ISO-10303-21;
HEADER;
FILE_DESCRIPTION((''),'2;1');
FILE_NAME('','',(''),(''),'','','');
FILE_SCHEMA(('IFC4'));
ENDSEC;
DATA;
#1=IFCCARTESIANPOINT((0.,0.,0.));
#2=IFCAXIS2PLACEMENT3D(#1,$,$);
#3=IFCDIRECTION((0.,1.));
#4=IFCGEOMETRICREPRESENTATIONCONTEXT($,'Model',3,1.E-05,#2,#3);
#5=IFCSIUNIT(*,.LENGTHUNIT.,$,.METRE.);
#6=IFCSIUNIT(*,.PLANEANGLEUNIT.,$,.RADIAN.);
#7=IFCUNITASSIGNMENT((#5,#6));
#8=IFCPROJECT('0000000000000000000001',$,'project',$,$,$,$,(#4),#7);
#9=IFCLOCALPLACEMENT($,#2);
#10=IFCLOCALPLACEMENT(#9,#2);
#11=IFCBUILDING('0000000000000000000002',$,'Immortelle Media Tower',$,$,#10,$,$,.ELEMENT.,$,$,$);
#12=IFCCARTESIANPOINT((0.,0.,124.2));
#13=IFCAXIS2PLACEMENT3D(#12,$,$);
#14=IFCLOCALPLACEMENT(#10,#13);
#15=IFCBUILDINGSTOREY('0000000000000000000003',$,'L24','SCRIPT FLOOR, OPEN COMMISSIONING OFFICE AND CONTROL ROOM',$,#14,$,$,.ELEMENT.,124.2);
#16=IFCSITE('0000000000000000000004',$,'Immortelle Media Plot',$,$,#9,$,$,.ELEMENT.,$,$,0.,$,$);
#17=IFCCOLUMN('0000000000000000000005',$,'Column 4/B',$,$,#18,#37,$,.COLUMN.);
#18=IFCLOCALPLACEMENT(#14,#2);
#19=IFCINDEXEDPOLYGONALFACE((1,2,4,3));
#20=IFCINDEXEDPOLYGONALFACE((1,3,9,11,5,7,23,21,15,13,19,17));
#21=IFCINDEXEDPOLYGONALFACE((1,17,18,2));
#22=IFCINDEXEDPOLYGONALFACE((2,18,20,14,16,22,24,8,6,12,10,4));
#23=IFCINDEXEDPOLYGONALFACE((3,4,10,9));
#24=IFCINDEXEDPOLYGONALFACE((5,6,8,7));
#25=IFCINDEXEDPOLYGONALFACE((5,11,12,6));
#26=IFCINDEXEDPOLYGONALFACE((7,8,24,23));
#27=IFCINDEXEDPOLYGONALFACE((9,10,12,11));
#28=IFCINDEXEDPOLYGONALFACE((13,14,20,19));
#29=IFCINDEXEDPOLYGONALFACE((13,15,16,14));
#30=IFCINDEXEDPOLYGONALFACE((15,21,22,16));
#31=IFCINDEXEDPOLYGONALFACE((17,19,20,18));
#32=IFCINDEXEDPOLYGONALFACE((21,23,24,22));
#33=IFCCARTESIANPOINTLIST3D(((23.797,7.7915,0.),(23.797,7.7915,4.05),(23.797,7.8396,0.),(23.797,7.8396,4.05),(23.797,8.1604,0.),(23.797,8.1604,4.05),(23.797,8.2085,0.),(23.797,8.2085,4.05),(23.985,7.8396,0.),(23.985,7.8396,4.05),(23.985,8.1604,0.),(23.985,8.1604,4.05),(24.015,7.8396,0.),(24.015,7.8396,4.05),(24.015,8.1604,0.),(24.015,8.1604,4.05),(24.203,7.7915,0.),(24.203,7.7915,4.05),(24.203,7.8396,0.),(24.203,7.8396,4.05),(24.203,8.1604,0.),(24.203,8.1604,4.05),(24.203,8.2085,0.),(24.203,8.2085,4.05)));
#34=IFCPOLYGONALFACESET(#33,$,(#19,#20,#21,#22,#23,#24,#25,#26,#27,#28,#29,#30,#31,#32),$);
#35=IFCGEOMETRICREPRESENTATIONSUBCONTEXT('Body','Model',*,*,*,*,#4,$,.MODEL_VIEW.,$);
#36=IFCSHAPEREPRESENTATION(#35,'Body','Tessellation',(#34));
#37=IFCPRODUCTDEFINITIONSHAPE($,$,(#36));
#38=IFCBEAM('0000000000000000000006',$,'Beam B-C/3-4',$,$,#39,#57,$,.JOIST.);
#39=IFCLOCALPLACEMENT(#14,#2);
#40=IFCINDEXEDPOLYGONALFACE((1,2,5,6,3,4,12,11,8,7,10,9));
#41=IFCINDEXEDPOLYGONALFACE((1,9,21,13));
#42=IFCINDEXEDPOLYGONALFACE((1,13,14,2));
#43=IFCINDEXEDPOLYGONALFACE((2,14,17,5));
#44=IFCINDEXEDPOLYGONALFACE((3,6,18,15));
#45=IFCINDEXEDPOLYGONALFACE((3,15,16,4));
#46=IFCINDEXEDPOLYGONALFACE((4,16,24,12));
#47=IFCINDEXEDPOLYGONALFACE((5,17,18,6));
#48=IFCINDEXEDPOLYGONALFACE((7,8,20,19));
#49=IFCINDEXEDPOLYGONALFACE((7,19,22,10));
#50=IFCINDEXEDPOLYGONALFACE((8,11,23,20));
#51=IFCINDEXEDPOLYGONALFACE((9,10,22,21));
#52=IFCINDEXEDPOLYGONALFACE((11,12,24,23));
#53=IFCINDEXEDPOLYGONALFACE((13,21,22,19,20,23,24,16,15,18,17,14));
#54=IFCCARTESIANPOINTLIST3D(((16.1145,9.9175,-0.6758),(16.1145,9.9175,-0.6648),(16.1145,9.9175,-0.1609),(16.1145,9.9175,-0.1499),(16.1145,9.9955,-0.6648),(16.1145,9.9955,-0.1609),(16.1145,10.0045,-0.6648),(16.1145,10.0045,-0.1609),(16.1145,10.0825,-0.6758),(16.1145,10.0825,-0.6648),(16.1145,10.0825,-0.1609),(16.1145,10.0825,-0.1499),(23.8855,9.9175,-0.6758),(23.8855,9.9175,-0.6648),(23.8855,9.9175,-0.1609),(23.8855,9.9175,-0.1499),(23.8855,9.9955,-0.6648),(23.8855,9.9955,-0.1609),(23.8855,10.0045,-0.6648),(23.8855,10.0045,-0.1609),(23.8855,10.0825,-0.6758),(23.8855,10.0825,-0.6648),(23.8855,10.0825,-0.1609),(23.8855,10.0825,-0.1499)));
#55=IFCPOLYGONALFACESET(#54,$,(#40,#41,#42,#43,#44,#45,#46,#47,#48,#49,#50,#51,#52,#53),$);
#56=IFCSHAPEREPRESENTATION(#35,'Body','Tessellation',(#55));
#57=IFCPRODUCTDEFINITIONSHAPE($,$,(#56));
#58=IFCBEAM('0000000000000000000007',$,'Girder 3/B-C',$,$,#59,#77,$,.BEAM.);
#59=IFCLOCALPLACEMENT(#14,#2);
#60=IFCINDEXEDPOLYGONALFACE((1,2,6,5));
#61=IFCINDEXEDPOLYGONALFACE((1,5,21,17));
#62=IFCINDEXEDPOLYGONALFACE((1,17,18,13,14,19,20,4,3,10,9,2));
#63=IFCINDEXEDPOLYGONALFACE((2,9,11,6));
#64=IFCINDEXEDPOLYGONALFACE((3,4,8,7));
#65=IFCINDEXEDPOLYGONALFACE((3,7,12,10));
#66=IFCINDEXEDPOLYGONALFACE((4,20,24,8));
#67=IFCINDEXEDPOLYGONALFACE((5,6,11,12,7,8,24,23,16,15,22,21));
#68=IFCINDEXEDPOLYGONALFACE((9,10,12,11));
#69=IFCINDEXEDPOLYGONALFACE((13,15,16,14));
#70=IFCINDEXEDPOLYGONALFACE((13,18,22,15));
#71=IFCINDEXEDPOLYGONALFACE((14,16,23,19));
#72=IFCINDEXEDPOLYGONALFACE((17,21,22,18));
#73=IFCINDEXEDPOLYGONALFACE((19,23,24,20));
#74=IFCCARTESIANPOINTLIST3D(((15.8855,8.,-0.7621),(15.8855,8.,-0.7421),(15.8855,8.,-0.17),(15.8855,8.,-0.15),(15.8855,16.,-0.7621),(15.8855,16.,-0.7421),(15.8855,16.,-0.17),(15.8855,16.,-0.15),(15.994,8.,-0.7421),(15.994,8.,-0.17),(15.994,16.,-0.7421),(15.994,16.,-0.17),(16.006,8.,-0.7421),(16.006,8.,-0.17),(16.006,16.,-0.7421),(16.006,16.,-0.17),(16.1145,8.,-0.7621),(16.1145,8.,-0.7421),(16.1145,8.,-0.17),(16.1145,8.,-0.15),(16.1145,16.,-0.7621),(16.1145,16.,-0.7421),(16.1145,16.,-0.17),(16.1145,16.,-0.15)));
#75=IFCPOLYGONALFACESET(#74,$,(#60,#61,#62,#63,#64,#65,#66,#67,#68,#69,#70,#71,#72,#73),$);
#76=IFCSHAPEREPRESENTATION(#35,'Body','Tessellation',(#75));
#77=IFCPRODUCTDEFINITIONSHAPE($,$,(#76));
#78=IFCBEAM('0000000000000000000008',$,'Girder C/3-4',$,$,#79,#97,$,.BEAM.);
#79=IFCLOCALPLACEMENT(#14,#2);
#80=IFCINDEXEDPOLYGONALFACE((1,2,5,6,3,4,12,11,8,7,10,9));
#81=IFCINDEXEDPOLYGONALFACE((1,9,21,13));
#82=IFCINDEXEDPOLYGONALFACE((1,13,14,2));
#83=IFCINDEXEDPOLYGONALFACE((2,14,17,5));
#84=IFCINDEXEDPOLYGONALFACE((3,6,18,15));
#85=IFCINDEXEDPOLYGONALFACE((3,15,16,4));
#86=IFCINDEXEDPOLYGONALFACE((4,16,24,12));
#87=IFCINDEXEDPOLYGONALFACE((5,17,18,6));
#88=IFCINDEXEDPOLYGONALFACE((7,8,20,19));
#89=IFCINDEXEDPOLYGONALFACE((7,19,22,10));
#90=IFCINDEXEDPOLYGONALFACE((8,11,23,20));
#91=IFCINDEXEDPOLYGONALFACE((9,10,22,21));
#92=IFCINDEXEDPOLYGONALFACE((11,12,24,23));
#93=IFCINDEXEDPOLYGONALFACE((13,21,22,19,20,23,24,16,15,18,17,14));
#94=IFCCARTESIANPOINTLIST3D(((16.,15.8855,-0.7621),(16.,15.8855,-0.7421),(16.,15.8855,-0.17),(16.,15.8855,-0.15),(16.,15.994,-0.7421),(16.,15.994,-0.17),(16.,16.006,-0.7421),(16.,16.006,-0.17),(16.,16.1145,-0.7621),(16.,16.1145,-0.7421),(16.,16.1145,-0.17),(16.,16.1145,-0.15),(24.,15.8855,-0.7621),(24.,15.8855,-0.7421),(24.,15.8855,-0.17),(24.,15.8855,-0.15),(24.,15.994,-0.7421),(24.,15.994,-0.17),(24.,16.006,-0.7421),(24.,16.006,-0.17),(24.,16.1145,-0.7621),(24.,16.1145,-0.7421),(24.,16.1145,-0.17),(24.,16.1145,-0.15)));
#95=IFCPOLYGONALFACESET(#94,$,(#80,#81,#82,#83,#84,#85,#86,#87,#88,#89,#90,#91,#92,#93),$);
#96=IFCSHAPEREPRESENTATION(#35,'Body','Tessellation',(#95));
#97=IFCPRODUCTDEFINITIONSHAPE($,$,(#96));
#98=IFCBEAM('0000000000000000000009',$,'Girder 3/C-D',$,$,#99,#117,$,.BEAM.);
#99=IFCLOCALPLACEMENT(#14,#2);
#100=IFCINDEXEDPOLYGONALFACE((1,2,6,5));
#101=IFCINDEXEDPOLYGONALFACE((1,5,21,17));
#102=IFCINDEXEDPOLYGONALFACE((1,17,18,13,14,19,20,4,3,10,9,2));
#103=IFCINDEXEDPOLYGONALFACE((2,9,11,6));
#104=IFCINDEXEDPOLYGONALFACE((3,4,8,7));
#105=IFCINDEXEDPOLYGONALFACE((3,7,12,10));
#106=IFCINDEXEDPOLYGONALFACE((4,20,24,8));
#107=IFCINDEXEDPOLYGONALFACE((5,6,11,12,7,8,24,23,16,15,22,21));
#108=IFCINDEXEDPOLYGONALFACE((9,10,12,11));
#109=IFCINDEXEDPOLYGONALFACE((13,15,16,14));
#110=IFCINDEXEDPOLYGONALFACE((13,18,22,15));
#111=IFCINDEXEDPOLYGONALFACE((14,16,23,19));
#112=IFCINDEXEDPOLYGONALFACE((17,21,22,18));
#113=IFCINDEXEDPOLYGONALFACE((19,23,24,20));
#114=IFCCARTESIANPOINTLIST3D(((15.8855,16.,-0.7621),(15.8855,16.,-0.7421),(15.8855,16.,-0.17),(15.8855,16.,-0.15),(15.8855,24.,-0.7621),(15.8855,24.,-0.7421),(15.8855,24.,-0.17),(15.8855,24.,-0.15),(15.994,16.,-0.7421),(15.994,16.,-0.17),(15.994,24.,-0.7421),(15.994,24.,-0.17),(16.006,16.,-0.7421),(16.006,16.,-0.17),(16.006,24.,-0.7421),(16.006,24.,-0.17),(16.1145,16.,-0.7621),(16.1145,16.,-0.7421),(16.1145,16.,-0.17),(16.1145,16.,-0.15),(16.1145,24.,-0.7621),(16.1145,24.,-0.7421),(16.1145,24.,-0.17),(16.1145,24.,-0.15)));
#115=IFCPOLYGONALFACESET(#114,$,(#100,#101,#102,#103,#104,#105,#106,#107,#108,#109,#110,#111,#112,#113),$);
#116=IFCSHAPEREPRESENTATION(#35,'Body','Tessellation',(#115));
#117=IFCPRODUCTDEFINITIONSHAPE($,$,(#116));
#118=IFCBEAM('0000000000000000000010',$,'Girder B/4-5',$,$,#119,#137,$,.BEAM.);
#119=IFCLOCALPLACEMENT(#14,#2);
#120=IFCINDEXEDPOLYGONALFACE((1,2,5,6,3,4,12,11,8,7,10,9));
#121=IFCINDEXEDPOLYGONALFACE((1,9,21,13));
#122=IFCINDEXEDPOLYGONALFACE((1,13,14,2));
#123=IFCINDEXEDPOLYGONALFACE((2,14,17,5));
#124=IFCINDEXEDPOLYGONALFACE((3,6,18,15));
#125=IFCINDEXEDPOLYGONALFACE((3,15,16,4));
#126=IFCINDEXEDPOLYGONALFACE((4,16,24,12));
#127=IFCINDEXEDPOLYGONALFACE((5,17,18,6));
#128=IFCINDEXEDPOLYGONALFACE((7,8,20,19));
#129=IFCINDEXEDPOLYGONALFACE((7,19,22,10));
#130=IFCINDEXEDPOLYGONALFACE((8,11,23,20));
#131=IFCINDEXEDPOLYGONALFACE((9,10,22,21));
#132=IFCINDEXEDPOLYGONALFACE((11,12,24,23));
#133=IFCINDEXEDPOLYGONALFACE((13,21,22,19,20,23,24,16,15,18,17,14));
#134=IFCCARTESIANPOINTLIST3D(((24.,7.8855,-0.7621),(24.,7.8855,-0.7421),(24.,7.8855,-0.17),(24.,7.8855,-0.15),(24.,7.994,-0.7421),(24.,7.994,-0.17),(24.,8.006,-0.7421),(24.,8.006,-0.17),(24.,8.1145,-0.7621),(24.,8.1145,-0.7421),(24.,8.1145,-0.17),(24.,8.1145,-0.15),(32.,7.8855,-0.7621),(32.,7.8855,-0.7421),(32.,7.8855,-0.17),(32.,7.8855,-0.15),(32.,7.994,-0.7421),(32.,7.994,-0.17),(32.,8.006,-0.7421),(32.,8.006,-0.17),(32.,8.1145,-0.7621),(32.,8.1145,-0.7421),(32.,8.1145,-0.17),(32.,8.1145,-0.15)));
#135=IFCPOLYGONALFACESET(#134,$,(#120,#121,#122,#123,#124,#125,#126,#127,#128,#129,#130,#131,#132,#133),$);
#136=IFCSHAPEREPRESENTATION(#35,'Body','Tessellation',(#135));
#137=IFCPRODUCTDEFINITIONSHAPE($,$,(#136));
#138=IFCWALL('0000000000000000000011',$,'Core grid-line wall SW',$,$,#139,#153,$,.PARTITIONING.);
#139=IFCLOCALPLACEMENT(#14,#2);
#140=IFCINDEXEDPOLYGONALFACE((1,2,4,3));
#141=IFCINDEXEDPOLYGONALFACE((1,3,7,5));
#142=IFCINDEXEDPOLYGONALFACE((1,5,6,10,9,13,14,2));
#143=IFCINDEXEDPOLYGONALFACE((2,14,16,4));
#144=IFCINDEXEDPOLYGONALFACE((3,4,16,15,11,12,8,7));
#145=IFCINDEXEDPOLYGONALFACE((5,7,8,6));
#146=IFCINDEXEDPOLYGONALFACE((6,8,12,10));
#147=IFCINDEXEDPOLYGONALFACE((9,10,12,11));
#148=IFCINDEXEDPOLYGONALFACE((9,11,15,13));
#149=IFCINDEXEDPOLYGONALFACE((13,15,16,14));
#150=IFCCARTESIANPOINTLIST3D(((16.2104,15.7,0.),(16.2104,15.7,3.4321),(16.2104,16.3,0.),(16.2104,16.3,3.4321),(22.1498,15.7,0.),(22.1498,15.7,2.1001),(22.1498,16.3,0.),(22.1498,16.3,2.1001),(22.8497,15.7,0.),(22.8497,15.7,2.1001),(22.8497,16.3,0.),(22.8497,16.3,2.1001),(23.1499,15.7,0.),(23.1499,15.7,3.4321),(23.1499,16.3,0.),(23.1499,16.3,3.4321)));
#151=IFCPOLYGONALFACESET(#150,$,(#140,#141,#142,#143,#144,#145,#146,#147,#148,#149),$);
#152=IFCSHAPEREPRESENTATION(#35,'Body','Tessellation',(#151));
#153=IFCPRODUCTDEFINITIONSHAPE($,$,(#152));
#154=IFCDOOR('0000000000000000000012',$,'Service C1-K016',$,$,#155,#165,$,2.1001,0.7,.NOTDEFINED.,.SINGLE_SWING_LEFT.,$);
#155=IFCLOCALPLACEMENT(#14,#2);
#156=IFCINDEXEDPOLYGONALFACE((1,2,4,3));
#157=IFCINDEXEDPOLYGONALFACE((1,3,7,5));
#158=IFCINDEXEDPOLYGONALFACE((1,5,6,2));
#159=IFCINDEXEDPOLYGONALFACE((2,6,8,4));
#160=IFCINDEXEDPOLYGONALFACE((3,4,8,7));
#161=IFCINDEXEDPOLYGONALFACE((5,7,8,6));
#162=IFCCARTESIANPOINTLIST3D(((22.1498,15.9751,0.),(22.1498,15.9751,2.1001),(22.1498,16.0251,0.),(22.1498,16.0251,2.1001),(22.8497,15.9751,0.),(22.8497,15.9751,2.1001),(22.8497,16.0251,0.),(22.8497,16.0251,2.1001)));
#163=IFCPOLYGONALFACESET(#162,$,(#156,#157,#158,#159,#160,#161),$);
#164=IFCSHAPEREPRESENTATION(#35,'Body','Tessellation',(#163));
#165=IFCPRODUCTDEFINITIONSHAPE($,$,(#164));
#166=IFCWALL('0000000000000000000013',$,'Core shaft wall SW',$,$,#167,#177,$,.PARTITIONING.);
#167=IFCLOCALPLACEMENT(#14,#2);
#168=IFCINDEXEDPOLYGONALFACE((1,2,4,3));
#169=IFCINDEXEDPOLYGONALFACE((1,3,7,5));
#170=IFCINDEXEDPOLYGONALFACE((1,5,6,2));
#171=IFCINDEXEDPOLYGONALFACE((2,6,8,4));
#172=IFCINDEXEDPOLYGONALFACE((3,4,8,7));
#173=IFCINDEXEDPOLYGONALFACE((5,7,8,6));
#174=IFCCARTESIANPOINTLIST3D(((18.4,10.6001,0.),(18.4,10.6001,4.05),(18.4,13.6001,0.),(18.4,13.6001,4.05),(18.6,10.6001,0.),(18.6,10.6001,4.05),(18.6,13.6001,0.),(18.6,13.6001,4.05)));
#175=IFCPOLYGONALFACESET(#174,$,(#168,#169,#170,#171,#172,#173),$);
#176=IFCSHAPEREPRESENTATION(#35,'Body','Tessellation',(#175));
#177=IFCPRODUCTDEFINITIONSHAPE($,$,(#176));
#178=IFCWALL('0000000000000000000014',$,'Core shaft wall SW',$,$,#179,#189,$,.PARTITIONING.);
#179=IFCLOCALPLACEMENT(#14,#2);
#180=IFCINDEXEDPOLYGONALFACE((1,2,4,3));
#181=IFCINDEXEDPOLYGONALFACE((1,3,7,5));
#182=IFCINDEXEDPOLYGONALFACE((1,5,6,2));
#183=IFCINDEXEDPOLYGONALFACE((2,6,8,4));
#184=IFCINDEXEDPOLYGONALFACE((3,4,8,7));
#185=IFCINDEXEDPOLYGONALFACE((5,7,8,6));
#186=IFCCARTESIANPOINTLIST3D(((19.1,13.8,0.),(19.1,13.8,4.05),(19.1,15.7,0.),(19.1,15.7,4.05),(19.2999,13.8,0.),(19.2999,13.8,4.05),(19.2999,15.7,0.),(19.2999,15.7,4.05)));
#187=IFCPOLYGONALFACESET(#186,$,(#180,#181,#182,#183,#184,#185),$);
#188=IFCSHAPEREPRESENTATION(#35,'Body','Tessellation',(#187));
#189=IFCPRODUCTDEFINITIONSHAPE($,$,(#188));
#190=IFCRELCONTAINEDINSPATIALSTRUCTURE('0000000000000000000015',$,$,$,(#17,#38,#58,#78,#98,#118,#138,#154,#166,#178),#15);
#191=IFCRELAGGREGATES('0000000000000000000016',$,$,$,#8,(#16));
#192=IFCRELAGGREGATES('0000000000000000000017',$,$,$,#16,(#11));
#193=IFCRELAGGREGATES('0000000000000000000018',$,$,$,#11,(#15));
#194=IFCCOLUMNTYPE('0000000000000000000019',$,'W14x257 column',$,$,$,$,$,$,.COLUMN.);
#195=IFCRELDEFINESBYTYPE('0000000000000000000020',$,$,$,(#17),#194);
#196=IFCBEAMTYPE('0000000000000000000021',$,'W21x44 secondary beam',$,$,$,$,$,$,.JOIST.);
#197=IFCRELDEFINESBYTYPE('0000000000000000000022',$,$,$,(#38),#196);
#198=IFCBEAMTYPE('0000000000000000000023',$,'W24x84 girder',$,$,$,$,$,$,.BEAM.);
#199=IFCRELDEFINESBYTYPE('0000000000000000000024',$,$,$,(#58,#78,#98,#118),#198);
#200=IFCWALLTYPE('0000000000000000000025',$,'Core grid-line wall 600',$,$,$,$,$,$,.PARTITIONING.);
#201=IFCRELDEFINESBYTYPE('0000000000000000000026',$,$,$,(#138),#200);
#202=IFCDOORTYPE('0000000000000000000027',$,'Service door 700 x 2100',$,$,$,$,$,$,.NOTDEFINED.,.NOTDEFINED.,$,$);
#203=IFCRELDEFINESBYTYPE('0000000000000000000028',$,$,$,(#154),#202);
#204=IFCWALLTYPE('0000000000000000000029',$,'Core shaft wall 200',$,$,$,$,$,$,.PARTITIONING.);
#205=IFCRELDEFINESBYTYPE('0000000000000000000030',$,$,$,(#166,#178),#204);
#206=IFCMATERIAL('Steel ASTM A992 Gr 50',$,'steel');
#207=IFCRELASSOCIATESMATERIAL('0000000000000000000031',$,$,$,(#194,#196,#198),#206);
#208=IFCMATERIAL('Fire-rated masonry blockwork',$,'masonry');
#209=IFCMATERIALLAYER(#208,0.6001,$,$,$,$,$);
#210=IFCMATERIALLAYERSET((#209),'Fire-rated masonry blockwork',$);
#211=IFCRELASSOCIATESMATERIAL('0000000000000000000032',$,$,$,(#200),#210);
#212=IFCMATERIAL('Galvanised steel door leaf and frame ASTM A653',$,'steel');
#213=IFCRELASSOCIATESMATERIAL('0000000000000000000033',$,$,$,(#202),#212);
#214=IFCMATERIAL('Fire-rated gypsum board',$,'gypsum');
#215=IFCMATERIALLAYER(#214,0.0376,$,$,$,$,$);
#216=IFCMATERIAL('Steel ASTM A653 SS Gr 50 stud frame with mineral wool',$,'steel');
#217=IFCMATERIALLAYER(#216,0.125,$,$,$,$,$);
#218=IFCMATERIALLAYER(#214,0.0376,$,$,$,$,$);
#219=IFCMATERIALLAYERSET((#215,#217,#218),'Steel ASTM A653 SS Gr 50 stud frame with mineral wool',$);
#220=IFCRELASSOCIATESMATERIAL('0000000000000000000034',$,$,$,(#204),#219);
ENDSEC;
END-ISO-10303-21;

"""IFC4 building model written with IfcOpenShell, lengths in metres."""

from ifc_helpers import new_model, si_unit, direction, frame, frame_2d, origin, origin_2d, place, context, subcontext, project, spatial, rectangle, i_section, extrude, material, layer, layer_set, material_profile, profile_set, type_object, element, fill, save


model = new_model("IFC4")

# Units and contexts
model_context = context("Model", 3, precision=1e-05, world=origin(), true_north=direction((0.0, 1.0)))
body_context = subcontext(model_context, "Body", "Model", "MODEL_VIEW")
ifc_project = project(units=[si_unit("LENGTHUNIT", "METRE"), si_unit("PLANEANGLEUNIT", "RADIAN")], contexts=[model_context])

# Site, building, storey
site_placement = place(None, origin())
site = spatial("IfcSite", under=ifc_project, at=site_placement, Name="Immortelle Media Plot", CompositionType="ELEMENT", RefElevation=0.0)
building_placement = place(site_placement, origin())
building = spatial("IfcBuilding", under=site, at=building_placement, Name="Immortelle Media Tower", CompositionType="ELEMENT")
storey_placement = place(building_placement, frame((0.0, 0.0, 124.2)))
storey = spatial("IfcBuildingStorey", under=building, at=storey_placement, Name="L24", Description="SCRIPT FLOOR, OPEN COMMISSIONING OFFICE AND CONTROL ROOM", CompositionType="ELEMENT", Elevation=124.2)

# Column
ifc_material_1 = material(Name="Steel ASTM A992 Gr 50", Category="steel")
ifc_material_profile_1 = material_profile(ifc_material_1, i_section(OverallWidth=0.406, OverallDepth=0.417, WebThickness=0.03, FlangeThickness=0.0481, at=origin_2d()), Name="W14x257")
ifc_profile_set_1 = profile_set([ifc_material_profile_1], Name="Steel ASTM A992 Gr 50")
column_type = type_object("IfcColumnType", Name="W14x257 column", PredefinedType="COLUMN", material=ifc_profile_set_1)
column_placement = place(storey_placement, frame((24.0, 8.0, 0.0), z_axis=(0.0, 0.0, 1.0), x_axis=(1.0, 0.0, 0.0)))
element("IfcColumn", 1, at=column_placement, inside=storey, type_object=column_type, Name="Column 4/B", PredefinedType="COLUMN", context=body_context, shape_type="SweptSolid", body=[
    extrude(i_section(OverallWidth=0.406, OverallDepth=0.417, WebThickness=0.03, FlangeThickness=0.0481, at=origin_2d()), origin(), (0.0, 0.0, 1.0), 4.05),
])

# Beams
ifc_material_profile_2 = material_profile(ifc_material_1, i_section(OverallWidth=0.165, OverallDepth=0.5259, WebThickness=0.009, FlangeThickness=0.011, at=origin_2d()), Name="W21x44")
ifc_profile_set_2 = profile_set([ifc_material_profile_2], Name="Steel ASTM A992 Gr 50")
beam_type_1 = type_object("IfcBeamType", Name="W21x44 secondary beam", PredefinedType="JOIST", material=ifc_profile_set_2)
beam_placement = place(storey_placement, frame((16.1145, 10.0, -0.4128), z_axis=(1.0, 0.0, 0.0), x_axis=(0.0, 1.0, 0.0)))
element("IfcBeam", 2, at=beam_placement, inside=storey, type_object=beam_type_1, Name="Beam B-C/3-4", PredefinedType="JOIST", context=body_context, shape_type="SweptSolid", body=[
    extrude(i_section(OverallWidth=0.165, OverallDepth=0.5259, WebThickness=0.009, FlangeThickness=0.011, at=origin_2d()), origin(), (0.0, 0.0, 1.0), 7.771),
])
ifc_material_profile_3 = material_profile(ifc_material_1, i_section(OverallWidth=0.229, OverallDepth=0.6121, WebThickness=0.012, FlangeThickness=0.02, at=origin_2d()), Name="W24x84")
ifc_profile_set_3 = profile_set([ifc_material_profile_3], Name="Steel ASTM A992 Gr 50")
beam_type_2 = type_object("IfcBeamType", Name="W24x84 girder", PredefinedType="BEAM", material=ifc_profile_set_3)
for number, where, z_axis, x_axis, name in (
    (3, (16.0, 8.0, -0.4561), (0.0, 1.0, 0.0), (-1.0, 0.0, 0.0), "Girder 3/B-C"),
    (4, (16.0, 16.0, -0.4561), (1.0, 0.0, 0.0), (0.0, 1.0, 0.0), "Girder C/3-4"),
    (5, (16.0, 16.0, -0.4561), (0.0, 1.0, 0.0), (-1.0, 0.0, 0.0), "Girder 3/C-D"),
    (6, (24.0, 8.0, -0.4561), (1.0, 0.0, 0.0), (0.0, 1.0, 0.0), "Girder B/4-5"),
):
    element("IfcBeam", number, at=place(storey_placement, frame(where, z_axis=z_axis, x_axis=x_axis)), inside=storey, type_object=beam_type_2, Name=name, PredefinedType="BEAM", context=body_context, shape_type="SweptSolid", body=[
        extrude(i_section(OverallWidth=0.229, OverallDepth=0.6121, WebThickness=0.012, FlangeThickness=0.02, at=origin_2d()), origin(), (0.0, 0.0, 1.0), 8.0),
    ])

# Wall, opening, door
ifc_material_2 = material(Name="Fire-rated masonry blockwork", Category="masonry")
ifc_layer_1 = layer(ifc_material_2, 0.6001)
ifc_layer_set_1 = layer_set([ifc_layer_1], Name="Fire-rated masonry blockwork")
wall_type_1 = type_object("IfcWallType", Name="Core grid-line wall 600", PredefinedType="PARTITIONING", material=ifc_layer_set_1)
wall_1_placement = place(storey_placement, frame((16.2104, 16.0, 0.0), z_axis=(0.0, 0.0, 1.0), x_axis=(1.0, 0.0, 0.0)))
wall_1 = element("IfcWall", 7, at=wall_1_placement, inside=storey, type_object=wall_type_1, Name="Core grid-line wall SW", PredefinedType="PARTITIONING", context=body_context, shape_type="SweptSolid", body=[
    extrude(rectangle(XDim=6.9395, YDim=0.6001, at=frame_2d((3.4697, 0.0))), origin(), (0.0, 0.0, 1.0), 3.4321),
])
opening_1_placement = place(wall_1_placement, frame((6.6394, 0.0, 0.0), z_axis=(0.0, 0.0, 1.0), x_axis=(-1.0, 0.0, 0.0)))
opening_1 = element("IfcOpeningElement", 8, at=opening_1_placement, cuts=wall_1, PredefinedType="OPENING", context=body_context, shape_type="SweptSolid", body=[
    extrude(rectangle(XDim=0.7, YDim=2.1001, at=frame_2d((0.3501, 1.05))), frame((0.0, 0.3101, 0.0), z_axis=(0.0, -1.0, 0.0), x_axis=(1.0, 0.0, 0.0)), (0.0, 0.0, 1.0), 0.6201),
])
ifc_material_3 = material(Name="Galvanised steel door leaf and frame ASTM A653", Category="steel")
door_type_1 = type_object("IfcDoorType", Name="Service door 700 x 2100", OperationType="NOTDEFINED", PredefinedType="NOTDEFINED", material=ifc_material_3)
door_1_placement = place(opening_1_placement, origin())
door_1 = element("IfcDoor", 9, at=door_1_placement, inside=storey, type_object=door_type_1, Name="Service C1-K016", OperationType="SINGLE_SWING_LEFT", OverallHeight=2.1001, OverallWidth=0.7, PredefinedType="NOTDEFINED", context=body_context, shape_type="SweptSolid", body=[
    extrude(rectangle(XDim=0.7, YDim=2.1001, at=frame_2d((0.3501, 1.05))), frame((0.0, 0.0249, 0.0), z_axis=(0.0, -1.0, 0.0), x_axis=(1.0, 0.0, 0.0)), (0.0, 0.0, 1.0), 0.05),
])
fill(opening_1, door_1)

# Walls
ifc_material_4 = material(Name="Fire-rated gypsum board", Category="gypsum")
ifc_layer_2 = layer(ifc_material_4, 0.0376)
ifc_material_5 = material(Name="Steel ASTM A653 SS Gr 50 stud frame with mineral wool", Category="steel")
ifc_layer_3 = layer(ifc_material_5, 0.125)
ifc_layer_4 = layer(ifc_material_4, 0.0376)
ifc_layer_set_2 = layer_set([ifc_layer_2, ifc_layer_3, ifc_layer_4], Name="Steel ASTM A653 SS Gr 50 stud frame with mineral wool")
wall_type_2 = type_object("IfcWallType", Name="Core shaft wall 200", PredefinedType="PARTITIONING", material=ifc_layer_set_2)
wall_2_placement = place(storey_placement, frame((18.5, 10.6001, 0.0), z_axis=(0.0, 0.0, 1.0), x_axis=(0.0, 1.0, 0.0)))
element("IfcWall", 10, at=wall_2_placement, inside=storey, type_object=wall_type_2, Name="Core shaft wall SW", PredefinedType="PARTITIONING", context=body_context, shape_type="SweptSolid", body=[
    extrude(rectangle(XDim=3.0, YDim=0.2, at=frame_2d((1.5, 0.0))), origin(), (0.0, 0.0, 1.0), 4.05),
])
wall_3_placement = place(storey_placement, frame((19.2, 13.8, 0.0), z_axis=(0.0, 0.0, 1.0), x_axis=(0.0, 1.0, 0.0)))
element("IfcWall", 11, at=wall_3_placement, inside=storey, type_object=wall_type_2, Name="Core shaft wall SW", PredefinedType="PARTITIONING", context=body_context, shape_type="SweptSolid", body=[
    extrude(rectangle(XDim=1.8999, YDim=0.2, at=frame_2d((0.95, 0.0))), origin(), (0.0, 0.0, 1.0), 4.05),
])

save(model, "model.ifc")
